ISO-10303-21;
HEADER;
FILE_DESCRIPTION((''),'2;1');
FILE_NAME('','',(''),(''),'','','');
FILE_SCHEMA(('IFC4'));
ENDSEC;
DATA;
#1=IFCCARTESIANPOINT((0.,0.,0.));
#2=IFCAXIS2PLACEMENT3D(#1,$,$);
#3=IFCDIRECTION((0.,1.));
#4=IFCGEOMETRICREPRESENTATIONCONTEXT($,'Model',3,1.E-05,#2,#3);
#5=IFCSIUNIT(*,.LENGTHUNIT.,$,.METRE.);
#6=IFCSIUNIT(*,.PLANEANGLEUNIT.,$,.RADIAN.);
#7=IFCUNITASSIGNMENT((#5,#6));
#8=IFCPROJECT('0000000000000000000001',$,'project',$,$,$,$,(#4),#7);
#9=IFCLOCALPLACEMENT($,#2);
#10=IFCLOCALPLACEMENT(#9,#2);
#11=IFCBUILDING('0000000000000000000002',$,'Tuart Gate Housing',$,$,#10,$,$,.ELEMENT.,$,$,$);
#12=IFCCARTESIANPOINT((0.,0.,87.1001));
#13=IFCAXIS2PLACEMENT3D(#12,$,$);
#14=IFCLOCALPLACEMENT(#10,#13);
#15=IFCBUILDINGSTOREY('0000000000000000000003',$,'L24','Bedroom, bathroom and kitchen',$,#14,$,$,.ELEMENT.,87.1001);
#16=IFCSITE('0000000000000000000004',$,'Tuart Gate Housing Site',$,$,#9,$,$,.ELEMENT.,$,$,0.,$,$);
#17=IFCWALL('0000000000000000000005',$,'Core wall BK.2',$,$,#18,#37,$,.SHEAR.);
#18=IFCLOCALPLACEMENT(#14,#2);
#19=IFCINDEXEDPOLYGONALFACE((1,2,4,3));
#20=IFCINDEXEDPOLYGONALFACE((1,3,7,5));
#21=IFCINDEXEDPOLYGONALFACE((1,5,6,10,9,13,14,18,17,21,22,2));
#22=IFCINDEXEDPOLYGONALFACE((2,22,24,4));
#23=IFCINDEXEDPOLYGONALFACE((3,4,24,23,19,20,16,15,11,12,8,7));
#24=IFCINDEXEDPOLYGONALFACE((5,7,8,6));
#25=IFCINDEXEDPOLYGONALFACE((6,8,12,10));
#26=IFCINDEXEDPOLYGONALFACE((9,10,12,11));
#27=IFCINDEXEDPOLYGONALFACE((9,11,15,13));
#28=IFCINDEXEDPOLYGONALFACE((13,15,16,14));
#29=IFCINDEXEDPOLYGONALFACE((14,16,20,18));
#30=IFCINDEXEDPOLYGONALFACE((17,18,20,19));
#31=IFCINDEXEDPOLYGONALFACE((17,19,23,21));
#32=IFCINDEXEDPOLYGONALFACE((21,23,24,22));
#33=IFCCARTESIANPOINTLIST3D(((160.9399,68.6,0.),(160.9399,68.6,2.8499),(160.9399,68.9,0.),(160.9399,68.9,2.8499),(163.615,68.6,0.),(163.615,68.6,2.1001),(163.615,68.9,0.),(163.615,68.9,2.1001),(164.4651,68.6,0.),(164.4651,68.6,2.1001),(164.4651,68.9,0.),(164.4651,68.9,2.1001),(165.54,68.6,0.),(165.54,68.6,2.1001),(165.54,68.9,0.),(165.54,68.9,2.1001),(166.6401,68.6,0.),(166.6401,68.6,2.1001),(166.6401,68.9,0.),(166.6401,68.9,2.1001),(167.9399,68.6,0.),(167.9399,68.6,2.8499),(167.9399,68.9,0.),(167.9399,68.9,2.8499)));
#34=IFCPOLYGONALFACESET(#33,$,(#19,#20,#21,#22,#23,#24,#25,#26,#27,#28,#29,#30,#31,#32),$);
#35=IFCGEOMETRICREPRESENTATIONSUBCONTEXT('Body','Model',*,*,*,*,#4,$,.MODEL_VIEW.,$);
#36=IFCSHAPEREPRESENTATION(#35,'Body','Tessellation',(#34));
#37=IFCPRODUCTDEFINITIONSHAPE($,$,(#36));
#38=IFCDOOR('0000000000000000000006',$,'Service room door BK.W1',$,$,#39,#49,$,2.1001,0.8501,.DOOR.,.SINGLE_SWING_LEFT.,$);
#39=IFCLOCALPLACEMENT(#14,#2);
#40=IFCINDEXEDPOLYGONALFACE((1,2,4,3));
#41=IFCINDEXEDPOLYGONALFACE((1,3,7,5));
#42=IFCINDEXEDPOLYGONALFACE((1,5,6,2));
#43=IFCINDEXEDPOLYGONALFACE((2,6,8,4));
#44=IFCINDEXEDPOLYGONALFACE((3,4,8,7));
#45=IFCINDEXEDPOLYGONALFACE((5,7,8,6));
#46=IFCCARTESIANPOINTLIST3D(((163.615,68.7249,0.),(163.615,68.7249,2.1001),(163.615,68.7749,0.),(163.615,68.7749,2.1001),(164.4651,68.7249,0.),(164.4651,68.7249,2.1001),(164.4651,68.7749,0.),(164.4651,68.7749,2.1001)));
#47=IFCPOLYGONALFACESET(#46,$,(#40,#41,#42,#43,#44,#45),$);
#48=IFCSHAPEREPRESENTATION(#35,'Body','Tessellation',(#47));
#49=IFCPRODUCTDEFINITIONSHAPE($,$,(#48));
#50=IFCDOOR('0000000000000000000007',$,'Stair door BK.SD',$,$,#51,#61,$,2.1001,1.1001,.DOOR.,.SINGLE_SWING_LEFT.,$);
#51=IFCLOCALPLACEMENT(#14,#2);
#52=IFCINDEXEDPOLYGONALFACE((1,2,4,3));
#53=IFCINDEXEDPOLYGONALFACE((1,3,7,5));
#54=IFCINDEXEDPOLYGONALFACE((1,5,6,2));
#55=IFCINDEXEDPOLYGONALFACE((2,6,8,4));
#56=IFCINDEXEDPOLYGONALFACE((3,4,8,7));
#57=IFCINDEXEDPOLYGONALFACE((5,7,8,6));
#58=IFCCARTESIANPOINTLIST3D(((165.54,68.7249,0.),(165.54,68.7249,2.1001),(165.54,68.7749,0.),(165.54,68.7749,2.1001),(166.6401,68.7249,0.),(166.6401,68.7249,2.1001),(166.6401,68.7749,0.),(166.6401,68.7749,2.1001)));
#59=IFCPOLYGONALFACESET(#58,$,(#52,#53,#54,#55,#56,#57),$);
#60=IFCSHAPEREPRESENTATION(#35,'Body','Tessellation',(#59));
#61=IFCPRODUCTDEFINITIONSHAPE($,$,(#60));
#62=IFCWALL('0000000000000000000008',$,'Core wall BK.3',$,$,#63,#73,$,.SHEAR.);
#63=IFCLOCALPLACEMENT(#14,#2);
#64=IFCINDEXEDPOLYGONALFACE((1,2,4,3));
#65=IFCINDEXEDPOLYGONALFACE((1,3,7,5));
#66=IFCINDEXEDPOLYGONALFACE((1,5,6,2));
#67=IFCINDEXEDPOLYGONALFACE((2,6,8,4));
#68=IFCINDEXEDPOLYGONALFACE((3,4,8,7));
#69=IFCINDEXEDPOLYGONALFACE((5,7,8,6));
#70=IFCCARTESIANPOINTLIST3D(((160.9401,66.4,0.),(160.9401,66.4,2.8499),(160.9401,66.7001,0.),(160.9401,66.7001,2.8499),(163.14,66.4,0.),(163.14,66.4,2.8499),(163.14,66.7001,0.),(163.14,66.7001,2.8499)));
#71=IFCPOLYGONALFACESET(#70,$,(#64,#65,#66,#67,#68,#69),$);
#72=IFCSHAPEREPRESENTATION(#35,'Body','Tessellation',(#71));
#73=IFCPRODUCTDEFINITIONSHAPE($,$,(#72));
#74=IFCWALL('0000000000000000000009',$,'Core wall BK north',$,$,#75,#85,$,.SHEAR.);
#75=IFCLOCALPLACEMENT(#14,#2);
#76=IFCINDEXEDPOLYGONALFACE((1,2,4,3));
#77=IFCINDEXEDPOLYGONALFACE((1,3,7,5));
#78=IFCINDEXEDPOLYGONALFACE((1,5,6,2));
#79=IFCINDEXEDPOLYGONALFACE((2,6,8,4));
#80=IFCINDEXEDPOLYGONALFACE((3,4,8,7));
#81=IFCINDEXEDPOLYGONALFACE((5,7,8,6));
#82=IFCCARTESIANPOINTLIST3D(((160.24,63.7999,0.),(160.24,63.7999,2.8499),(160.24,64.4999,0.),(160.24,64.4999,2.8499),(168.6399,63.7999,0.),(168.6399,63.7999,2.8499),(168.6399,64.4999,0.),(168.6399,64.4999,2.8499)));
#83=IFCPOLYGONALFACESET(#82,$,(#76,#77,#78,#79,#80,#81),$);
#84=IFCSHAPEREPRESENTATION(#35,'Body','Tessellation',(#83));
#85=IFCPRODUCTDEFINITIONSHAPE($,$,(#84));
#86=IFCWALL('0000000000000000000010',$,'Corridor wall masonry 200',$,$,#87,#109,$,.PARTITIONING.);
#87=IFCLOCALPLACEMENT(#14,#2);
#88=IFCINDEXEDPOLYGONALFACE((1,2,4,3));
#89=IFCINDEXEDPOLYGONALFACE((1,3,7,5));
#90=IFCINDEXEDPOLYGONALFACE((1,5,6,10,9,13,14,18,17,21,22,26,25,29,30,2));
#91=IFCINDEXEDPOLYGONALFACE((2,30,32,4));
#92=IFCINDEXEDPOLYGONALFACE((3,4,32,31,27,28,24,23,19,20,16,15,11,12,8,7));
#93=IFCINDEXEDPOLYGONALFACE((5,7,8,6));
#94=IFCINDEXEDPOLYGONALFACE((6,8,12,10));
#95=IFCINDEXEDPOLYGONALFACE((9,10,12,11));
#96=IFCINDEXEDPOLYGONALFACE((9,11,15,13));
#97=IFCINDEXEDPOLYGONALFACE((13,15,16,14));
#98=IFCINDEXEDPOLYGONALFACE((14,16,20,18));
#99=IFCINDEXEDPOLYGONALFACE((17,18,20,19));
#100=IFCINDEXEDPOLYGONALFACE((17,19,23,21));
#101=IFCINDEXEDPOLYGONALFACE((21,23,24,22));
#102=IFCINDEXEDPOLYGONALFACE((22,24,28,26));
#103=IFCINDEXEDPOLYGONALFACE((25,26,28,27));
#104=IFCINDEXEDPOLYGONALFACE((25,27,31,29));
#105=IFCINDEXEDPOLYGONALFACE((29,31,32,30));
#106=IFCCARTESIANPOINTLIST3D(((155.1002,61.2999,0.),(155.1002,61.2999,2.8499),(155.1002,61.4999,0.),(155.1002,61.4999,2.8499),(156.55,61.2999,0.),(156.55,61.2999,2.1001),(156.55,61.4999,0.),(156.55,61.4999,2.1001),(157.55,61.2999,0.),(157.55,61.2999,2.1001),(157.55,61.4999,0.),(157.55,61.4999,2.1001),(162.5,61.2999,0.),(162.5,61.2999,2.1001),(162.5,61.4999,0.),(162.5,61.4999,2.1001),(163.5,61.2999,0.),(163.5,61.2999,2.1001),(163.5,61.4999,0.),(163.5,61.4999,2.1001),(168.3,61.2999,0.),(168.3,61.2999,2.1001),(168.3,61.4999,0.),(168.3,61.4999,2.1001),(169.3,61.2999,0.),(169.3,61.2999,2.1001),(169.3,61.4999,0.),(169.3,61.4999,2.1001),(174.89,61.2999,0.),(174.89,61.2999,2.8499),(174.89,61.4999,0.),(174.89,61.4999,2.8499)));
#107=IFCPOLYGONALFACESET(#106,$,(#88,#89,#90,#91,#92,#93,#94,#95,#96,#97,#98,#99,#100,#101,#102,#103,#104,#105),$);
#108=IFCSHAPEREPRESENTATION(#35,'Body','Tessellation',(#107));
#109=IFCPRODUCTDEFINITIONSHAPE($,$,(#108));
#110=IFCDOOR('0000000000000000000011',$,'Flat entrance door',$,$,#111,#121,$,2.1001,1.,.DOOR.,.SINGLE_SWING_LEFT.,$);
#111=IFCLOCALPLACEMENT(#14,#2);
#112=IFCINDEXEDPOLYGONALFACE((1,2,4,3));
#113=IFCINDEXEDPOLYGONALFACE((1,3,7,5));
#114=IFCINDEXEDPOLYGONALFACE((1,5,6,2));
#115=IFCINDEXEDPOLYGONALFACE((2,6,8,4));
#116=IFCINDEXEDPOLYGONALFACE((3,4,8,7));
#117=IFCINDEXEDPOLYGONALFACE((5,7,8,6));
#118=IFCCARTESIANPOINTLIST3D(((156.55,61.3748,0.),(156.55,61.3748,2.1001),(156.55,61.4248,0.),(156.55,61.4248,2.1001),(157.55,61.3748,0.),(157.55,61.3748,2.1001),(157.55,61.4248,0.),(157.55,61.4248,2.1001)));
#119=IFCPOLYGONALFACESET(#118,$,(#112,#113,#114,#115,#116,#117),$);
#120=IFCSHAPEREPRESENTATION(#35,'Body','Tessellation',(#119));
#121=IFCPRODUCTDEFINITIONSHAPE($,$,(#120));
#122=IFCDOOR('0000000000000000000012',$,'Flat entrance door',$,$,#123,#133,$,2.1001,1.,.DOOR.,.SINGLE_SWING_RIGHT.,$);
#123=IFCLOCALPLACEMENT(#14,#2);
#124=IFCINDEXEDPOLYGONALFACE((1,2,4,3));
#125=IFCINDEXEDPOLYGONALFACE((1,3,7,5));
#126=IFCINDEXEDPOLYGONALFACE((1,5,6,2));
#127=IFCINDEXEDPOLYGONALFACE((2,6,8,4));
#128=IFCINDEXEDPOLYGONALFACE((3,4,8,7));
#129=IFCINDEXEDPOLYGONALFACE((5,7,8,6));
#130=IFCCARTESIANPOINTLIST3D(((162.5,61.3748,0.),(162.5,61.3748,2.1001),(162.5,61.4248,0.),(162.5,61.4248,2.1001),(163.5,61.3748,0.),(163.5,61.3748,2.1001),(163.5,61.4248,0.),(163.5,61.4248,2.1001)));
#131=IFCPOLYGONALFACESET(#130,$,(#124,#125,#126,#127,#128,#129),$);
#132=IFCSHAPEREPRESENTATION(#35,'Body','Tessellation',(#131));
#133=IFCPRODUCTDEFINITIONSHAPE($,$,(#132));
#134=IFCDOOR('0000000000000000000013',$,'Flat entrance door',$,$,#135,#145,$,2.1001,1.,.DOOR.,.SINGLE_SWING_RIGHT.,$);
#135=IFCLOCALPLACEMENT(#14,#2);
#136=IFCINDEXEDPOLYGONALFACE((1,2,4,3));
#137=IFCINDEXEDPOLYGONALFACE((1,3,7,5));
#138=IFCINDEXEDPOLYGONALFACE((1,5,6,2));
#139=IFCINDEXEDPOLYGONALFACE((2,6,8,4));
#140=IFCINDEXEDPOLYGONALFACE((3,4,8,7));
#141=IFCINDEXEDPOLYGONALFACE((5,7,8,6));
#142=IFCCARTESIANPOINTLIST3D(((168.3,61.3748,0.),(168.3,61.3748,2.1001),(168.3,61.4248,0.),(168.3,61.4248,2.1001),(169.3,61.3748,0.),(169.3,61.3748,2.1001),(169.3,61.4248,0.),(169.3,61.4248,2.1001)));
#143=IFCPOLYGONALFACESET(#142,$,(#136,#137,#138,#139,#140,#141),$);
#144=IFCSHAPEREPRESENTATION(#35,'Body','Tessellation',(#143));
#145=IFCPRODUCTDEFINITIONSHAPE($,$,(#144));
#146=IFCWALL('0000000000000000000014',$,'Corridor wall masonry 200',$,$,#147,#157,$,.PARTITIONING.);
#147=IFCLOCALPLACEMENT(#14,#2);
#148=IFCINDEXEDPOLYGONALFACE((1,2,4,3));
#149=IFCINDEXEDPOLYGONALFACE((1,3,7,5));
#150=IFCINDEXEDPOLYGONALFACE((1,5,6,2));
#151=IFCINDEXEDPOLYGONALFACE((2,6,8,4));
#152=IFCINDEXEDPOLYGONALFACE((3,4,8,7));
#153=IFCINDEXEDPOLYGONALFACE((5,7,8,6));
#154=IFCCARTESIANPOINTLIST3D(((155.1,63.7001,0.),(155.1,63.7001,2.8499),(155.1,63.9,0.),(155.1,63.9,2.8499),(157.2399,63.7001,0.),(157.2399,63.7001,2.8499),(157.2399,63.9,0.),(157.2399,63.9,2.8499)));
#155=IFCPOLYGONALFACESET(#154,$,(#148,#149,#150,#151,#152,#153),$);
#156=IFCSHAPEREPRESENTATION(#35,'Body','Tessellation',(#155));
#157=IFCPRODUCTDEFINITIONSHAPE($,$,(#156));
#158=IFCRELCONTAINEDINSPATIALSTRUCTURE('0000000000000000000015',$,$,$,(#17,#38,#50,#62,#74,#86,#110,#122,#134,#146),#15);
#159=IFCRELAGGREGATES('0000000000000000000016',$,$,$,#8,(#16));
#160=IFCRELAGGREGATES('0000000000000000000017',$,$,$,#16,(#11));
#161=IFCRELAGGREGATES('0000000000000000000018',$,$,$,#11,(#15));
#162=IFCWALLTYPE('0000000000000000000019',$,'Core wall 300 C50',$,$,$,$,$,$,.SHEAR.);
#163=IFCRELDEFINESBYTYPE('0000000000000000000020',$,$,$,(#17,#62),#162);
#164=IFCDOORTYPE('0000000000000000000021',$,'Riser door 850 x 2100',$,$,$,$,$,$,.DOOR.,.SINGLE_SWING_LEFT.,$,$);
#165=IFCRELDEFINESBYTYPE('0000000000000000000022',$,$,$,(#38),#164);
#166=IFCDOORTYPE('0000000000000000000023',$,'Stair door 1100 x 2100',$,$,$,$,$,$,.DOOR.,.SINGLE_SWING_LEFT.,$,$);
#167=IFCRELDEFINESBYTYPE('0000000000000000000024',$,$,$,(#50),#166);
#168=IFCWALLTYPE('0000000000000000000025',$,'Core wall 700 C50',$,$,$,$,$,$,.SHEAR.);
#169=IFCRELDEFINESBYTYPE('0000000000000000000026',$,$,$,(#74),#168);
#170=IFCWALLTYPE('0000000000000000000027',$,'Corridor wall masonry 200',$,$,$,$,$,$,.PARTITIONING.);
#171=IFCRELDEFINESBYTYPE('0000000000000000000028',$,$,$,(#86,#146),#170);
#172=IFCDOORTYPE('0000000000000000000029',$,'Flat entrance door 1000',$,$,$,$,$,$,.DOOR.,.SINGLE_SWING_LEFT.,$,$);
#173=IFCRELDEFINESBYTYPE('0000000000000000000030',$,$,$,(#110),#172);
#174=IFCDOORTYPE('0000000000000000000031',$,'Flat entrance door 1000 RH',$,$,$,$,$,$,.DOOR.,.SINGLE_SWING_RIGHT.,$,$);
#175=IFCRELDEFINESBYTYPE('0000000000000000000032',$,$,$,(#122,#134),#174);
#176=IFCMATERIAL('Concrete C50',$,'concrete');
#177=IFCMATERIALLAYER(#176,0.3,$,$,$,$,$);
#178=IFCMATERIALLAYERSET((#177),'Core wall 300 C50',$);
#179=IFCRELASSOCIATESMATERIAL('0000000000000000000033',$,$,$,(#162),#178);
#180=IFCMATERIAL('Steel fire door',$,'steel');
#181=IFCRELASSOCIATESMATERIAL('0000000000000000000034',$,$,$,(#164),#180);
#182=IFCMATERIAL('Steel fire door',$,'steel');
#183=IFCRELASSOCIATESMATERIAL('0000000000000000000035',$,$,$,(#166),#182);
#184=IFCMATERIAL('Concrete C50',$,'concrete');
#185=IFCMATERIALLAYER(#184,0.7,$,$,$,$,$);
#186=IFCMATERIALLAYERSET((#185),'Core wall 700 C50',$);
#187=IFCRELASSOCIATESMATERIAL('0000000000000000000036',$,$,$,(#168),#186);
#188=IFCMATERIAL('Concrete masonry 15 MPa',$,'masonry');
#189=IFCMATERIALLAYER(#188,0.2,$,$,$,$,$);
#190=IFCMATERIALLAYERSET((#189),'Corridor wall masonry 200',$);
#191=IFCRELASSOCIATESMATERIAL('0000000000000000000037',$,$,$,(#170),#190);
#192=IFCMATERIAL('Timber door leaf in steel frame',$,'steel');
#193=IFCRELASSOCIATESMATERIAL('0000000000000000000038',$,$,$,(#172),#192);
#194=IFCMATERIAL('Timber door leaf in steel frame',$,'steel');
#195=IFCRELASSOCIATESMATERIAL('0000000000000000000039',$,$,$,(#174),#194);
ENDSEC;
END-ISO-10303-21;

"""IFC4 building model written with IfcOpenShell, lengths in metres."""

from ifc_helpers import new_model, si_unit, direction, frame, frame_2d, origin, place, context, subcontext, project, spatial, rectangle, extrude, material, layer, layer_set, type_object, element, fill, save


model = new_model("IFC4")

# Units and contexts
model_context = context("Model", 3, precision=1e-05, world=origin(), true_north=direction((0.0, 1.0)))
body_context = subcontext(model_context, "Body", "Model", "MODEL_VIEW")
ifc_project = project(units=[si_unit("LENGTHUNIT", "METRE"), si_unit("PLANEANGLEUNIT", "RADIAN")], contexts=[model_context])

# Site, building, storey
site_placement = place(None, origin())
site = spatial("IfcSite", under=ifc_project, at=site_placement, Name="Tuart Gate Housing Site", CompositionType="ELEMENT", RefElevation=0.0)
building_placement = place(site_placement, origin())
building = spatial("IfcBuilding", under=site, at=building_placement, Name="Tuart Gate Housing", CompositionType="ELEMENT")
storey_placement = place(building_placement, frame((0.0, 0.0, 87.1001)))
storey = spatial("IfcBuildingStorey", under=building, at=storey_placement, Name="L24", Description="Bedroom, bathroom and kitchen", CompositionType="ELEMENT", Elevation=87.1001)

# Wall, openings, doors
ifc_material_1 = material(Name="Concrete C50", Category="concrete")
ifc_layer_1 = layer(ifc_material_1, 0.3)
ifc_layer_set_1 = layer_set([ifc_layer_1], Name="Core wall 300 C50")
wall_type_1 = type_object("IfcWallType", Name="Core wall 300 C50", PredefinedType="SHEAR", material=ifc_layer_set_1)
wall_1_placement = place(storey_placement, frame((160.9399, 68.75, 0.0), z_axis=(0.0, 0.0, 1.0), x_axis=(1.0, 0.0, 0.0)))
wall_1 = element("IfcWall", 1, at=wall_1_placement, inside=storey, type_object=wall_type_1, Name="Core wall BK.2", PredefinedType="SHEAR", context=body_context, shape_type="SweptSolid", body=[
    extrude(rectangle(XDim=7.0, YDim=0.3, at=frame_2d((3.5, 0.0))), origin(), (0.0, 0.0, 1.0), 2.8499),
])
opening_1_placement = place(wall_1_placement, frame((4.6001, 0.0, 0.0)))
opening_1 = element("IfcOpeningElement", 2, at=opening_1_placement, cuts=wall_1, PredefinedType="OPENING", context=body_context, shape_type="SweptSolid", body=[
    extrude(rectangle(XDim=1.1001, YDim=2.1001, at=frame_2d((0.55, 1.05))), frame((0.0, 0.1599, 0.0), z_axis=(0.0, -1.0, 0.0), x_axis=(1.0, 0.0, 0.0)), (0.0, 0.0, 1.0), 0.3201),
])
opening_2_placement = place(wall_1_placement, frame((2.675, 0.0, 0.0)))
opening_2 = element("IfcOpeningElement", 3, at=opening_2_placement, cuts=wall_1, PredefinedType="OPENING", context=body_context, shape_type="SweptSolid", body=[
    extrude(rectangle(XDim=0.8501, YDim=2.1001, at=frame_2d((0.425, 1.05))), frame((0.0, 0.1599, 0.0), z_axis=(0.0, -1.0, 0.0), x_axis=(1.0, 0.0, 0.0)), (0.0, 0.0, 1.0), 0.3201),
])
ifc_material_2 = material(Name="Steel fire door", Category="steel")
door_type_1 = type_object("IfcDoorType", Name="Riser door 850 x 2100", OperationType="SINGLE_SWING_LEFT", PredefinedType="DOOR", material=ifc_material_2)
door_1_placement = place(opening_2_placement, origin())
door_1 = element("IfcDoor", 4, at=door_1_placement, inside=storey, type_object=door_type_1, Name="Service room door BK.W1", OperationType="SINGLE_SWING_LEFT", OverallHeight=2.1001, OverallWidth=0.8501, PredefinedType="DOOR", context=body_context, shape_type="SweptSolid", body=[
    extrude(rectangle(XDim=0.8501, YDim=2.1001, at=frame_2d((0.425, 1.05))), frame((0.0, 0.0249, 0.0), z_axis=(0.0, -1.0, 0.0), x_axis=(1.0, 0.0, 0.0)), (0.0, 0.0, 1.0), 0.05),
])
fill(opening_2, door_1)
ifc_material_3 = material(Name="Steel fire door", Category="steel")
door_type_2 = type_object("IfcDoorType", Name="Stair door 1100 x 2100", OperationType="SINGLE_SWING_LEFT", PredefinedType="DOOR", material=ifc_material_3)
door_2_placement = place(opening_1_placement, origin())
door_2 = element("IfcDoor", 5, at=door_2_placement, inside=storey, type_object=door_type_2, Name="Stair door BK.SD", OperationType="SINGLE_SWING_LEFT", OverallHeight=2.1001, OverallWidth=1.1001, PredefinedType="DOOR", context=body_context, shape_type="SweptSolid", body=[
    extrude(rectangle(XDim=1.1001, YDim=2.1001, at=frame_2d((0.55, 1.05))), frame((0.0, 0.0249, 0.0), z_axis=(0.0, -1.0, 0.0), x_axis=(1.0, 0.0, 0.0)), (0.0, 0.0, 1.0), 0.05),
])
fill(opening_1, door_2)

# Walls
wall_2_placement = place(storey_placement, frame((160.9399, 66.55, 0.0), z_axis=(0.0, 0.0, 1.0), x_axis=(1.0, 0.0, 0.0)))
element("IfcWall", 6, at=wall_2_placement, inside=storey, type_object=wall_type_1, Name="Core wall BK.3", PredefinedType="SHEAR", context=body_context, shape_type="SweptSolid", body=[
    extrude(rectangle(XDim=2.2, YDim=0.3, at=frame_2d((1.1001, 0.0))), origin(), (0.0, 0.0, 1.0), 2.8499),
])
ifc_material_4 = material(Name="Concrete C50", Category="concrete")
ifc_layer_2 = layer(ifc_material_4, 0.7)
ifc_layer_set_2 = layer_set([ifc_layer_2], Name="Core wall 700 C50")
wall_type_2 = type_object("IfcWallType", Name="Core wall 700 C50", PredefinedType="SHEAR", material=ifc_layer_set_2)
wall_3_placement = place(storey_placement, frame((160.24, 64.1499, 0.0), z_axis=(0.0, 0.0, 1.0), x_axis=(1.0, 0.0, 0.0)))
element("IfcWall", 7, at=wall_3_placement, inside=storey, type_object=wall_type_2, Name="Core wall BK north", PredefinedType="SHEAR", context=body_context, shape_type="SweptSolid", body=[
    extrude(rectangle(XDim=8.3999, YDim=0.7, at=frame_2d((4.2, 0.0))), origin(), (0.0, 0.0, 1.0), 2.8499),
])

# Wall, openings, doors
ifc_material_5 = material(Name="Concrete masonry 15 MPa", Category="masonry")
ifc_layer_3 = layer(ifc_material_5, 0.2)
ifc_layer_set_3 = layer_set([ifc_layer_3], Name="Corridor wall masonry 200")
wall_type_3 = type_object("IfcWallType", Name="Corridor wall masonry 200", PredefinedType="PARTITIONING", material=ifc_layer_set_3)
wall_4_placement = place(storey_placement, frame((155.1001, 61.3999, 0.0), z_axis=(0.0, 0.0, 1.0), x_axis=(1.0, 0.0, 0.0)))
wall_4 = element("IfcWall", 8, at=wall_4_placement, inside=storey, type_object=wall_type_3, Name="Corridor wall masonry 200", PredefinedType="PARTITIONING", context=body_context, shape_type="SweptSolid", body=[
    extrude(rectangle(XDim=19.7898, YDim=0.2, at=frame_2d((9.895, 0.0))), origin(), (0.0, 0.0, 1.0), 2.8499),
])
opening_3_placement = place(wall_4_placement, frame((1.45, 0.0, 0.0)))
opening_3 = element("IfcOpeningElement", 9, at=opening_3_placement, cuts=wall_4, PredefinedType="OPENING", context=body_context, shape_type="SweptSolid", body=[
    extrude(rectangle(XDim=1.0, YDim=2.1001, at=frame_2d((0.5, 1.05))), frame((0.0, 0.1099, 0.0), z_axis=(0.0, -1.0, 0.0), x_axis=(1.0, 0.0, 0.0)), (0.0, 0.0, 1.0), 0.22),
])
opening_4_placement = place(wall_4_placement, frame((7.3999, 0.0, 0.0)))
opening_4 = element("IfcOpeningElement", 10, at=opening_4_placement, cuts=wall_4, PredefinedType="OPENING", context=body_context, shape_type="SweptSolid", body=[
    extrude(rectangle(XDim=1.0, YDim=2.1001, at=frame_2d((0.5, 1.05))), frame((0.0, 0.1099, 0.0), z_axis=(0.0, -1.0, 0.0), x_axis=(1.0, 0.0, 0.0)), (0.0, 0.0, 1.0), 0.22),
])
opening_5_placement = place(wall_4_placement, frame((13.2, 0.0, 0.0)))
opening_5 = element("IfcOpeningElement", 11, at=opening_5_placement, cuts=wall_4, PredefinedType="OPENING", context=body_context, shape_type="SweptSolid", body=[
    extrude(rectangle(XDim=1.0, YDim=2.1001, at=frame_2d((0.5, 1.05))), frame((0.0, 0.1099, 0.0), z_axis=(0.0, -1.0, 0.0), x_axis=(1.0, 0.0, 0.0)), (0.0, 0.0, 1.0), 0.22),
])
ifc_material_6 = material(Name="Timber door leaf in steel frame", Category="steel")
door_type_3 = type_object("IfcDoorType", Name="Flat entrance door 1000", OperationType="SINGLE_SWING_LEFT", PredefinedType="DOOR", material=ifc_material_6)
door_3_placement = place(opening_3_placement, frame((1.0, 0.0, 0.0), z_axis=(0.0, 0.0, 1.0), x_axis=(-1.0, 0.0, 0.0)))
door_3 = element("IfcDoor", 12, at=door_3_placement, inside=storey, type_object=door_type_3, Name="Flat entrance door", OperationType="SINGLE_SWING_LEFT", OverallHeight=2.1001, OverallWidth=1.0, PredefinedType="DOOR", context=body_context, shape_type="SweptSolid", body=[
    extrude(rectangle(XDim=1.0, YDim=2.1001, at=frame_2d((0.5, 1.05))), frame((0.0, 0.0251, 0.0), z_axis=(0.0, -1.0, 0.0), x_axis=(1.0, 0.0, 0.0)), (0.0, 0.0, 1.0), 0.05),
])
fill(opening_3, door_3)
ifc_material_7 = material(Name="Timber door leaf in steel frame", Category="steel")
door_type_4 = type_object("IfcDoorType", Name="Flat entrance door 1000 RH", OperationType="SINGLE_SWING_RIGHT", PredefinedType="DOOR", material=ifc_material_7)
door_4_placement = place(opening_4_placement, frame((1.0, 0.0, 0.0), z_axis=(0.0, 0.0, 1.0), x_axis=(-1.0, 0.0, 0.0)))
door_4 = element("IfcDoor", 13, at=door_4_placement, inside=storey, type_object=door_type_4, Name="Flat entrance door", OperationType="SINGLE_SWING_RIGHT", OverallHeight=2.1001, OverallWidth=1.0, PredefinedType="DOOR", context=body_context, shape_type="SweptSolid", body=[
    extrude(rectangle(XDim=1.0, YDim=2.1001, at=frame_2d((0.5, 1.05))), frame((0.0, 0.0251, 0.0), z_axis=(0.0, -1.0, 0.0), x_axis=(1.0, 0.0, 0.0)), (0.0, 0.0, 1.0), 0.05),
])
fill(opening_4, door_4)
door_5_placement = place(opening_5_placement, frame((1.0, 0.0, 0.0), z_axis=(0.0, 0.0, 1.0), x_axis=(-1.0, 0.0, 0.0)))
door_5 = element("IfcDoor", 14, at=door_5_placement, inside=storey, type_object=door_type_4, Name="Flat entrance door", OperationType="SINGLE_SWING_RIGHT", OverallHeight=2.1001, OverallWidth=1.0, PredefinedType="DOOR", context=body_context, shape_type="SweptSolid", body=[
    extrude(rectangle(XDim=1.0, YDim=2.1001, at=frame_2d((0.5, 1.05))), frame((0.0, 0.0251, 0.0), z_axis=(0.0, -1.0, 0.0), x_axis=(1.0, 0.0, 0.0)), (0.0, 0.0, 1.0), 0.05),
])
fill(opening_5, door_5)

# Wall
wall_5_placement = place(storey_placement, frame((155.1001, 63.8, 0.0), z_axis=(0.0, 0.0, 1.0), x_axis=(1.0, 0.0, 0.0)))
element("IfcWall", 15, at=wall_5_placement, inside=storey, type_object=wall_type_3, Name="Corridor wall masonry 200", PredefinedType="PARTITIONING", context=body_context, shape_type="SweptSolid", body=[
    extrude(rectangle(XDim=2.1399, YDim=0.2, at=frame_2d((1.0698, 0.0))), origin(), (0.0, 0.0, 1.0), 2.8499),
])

save(model, "model.ifc")
